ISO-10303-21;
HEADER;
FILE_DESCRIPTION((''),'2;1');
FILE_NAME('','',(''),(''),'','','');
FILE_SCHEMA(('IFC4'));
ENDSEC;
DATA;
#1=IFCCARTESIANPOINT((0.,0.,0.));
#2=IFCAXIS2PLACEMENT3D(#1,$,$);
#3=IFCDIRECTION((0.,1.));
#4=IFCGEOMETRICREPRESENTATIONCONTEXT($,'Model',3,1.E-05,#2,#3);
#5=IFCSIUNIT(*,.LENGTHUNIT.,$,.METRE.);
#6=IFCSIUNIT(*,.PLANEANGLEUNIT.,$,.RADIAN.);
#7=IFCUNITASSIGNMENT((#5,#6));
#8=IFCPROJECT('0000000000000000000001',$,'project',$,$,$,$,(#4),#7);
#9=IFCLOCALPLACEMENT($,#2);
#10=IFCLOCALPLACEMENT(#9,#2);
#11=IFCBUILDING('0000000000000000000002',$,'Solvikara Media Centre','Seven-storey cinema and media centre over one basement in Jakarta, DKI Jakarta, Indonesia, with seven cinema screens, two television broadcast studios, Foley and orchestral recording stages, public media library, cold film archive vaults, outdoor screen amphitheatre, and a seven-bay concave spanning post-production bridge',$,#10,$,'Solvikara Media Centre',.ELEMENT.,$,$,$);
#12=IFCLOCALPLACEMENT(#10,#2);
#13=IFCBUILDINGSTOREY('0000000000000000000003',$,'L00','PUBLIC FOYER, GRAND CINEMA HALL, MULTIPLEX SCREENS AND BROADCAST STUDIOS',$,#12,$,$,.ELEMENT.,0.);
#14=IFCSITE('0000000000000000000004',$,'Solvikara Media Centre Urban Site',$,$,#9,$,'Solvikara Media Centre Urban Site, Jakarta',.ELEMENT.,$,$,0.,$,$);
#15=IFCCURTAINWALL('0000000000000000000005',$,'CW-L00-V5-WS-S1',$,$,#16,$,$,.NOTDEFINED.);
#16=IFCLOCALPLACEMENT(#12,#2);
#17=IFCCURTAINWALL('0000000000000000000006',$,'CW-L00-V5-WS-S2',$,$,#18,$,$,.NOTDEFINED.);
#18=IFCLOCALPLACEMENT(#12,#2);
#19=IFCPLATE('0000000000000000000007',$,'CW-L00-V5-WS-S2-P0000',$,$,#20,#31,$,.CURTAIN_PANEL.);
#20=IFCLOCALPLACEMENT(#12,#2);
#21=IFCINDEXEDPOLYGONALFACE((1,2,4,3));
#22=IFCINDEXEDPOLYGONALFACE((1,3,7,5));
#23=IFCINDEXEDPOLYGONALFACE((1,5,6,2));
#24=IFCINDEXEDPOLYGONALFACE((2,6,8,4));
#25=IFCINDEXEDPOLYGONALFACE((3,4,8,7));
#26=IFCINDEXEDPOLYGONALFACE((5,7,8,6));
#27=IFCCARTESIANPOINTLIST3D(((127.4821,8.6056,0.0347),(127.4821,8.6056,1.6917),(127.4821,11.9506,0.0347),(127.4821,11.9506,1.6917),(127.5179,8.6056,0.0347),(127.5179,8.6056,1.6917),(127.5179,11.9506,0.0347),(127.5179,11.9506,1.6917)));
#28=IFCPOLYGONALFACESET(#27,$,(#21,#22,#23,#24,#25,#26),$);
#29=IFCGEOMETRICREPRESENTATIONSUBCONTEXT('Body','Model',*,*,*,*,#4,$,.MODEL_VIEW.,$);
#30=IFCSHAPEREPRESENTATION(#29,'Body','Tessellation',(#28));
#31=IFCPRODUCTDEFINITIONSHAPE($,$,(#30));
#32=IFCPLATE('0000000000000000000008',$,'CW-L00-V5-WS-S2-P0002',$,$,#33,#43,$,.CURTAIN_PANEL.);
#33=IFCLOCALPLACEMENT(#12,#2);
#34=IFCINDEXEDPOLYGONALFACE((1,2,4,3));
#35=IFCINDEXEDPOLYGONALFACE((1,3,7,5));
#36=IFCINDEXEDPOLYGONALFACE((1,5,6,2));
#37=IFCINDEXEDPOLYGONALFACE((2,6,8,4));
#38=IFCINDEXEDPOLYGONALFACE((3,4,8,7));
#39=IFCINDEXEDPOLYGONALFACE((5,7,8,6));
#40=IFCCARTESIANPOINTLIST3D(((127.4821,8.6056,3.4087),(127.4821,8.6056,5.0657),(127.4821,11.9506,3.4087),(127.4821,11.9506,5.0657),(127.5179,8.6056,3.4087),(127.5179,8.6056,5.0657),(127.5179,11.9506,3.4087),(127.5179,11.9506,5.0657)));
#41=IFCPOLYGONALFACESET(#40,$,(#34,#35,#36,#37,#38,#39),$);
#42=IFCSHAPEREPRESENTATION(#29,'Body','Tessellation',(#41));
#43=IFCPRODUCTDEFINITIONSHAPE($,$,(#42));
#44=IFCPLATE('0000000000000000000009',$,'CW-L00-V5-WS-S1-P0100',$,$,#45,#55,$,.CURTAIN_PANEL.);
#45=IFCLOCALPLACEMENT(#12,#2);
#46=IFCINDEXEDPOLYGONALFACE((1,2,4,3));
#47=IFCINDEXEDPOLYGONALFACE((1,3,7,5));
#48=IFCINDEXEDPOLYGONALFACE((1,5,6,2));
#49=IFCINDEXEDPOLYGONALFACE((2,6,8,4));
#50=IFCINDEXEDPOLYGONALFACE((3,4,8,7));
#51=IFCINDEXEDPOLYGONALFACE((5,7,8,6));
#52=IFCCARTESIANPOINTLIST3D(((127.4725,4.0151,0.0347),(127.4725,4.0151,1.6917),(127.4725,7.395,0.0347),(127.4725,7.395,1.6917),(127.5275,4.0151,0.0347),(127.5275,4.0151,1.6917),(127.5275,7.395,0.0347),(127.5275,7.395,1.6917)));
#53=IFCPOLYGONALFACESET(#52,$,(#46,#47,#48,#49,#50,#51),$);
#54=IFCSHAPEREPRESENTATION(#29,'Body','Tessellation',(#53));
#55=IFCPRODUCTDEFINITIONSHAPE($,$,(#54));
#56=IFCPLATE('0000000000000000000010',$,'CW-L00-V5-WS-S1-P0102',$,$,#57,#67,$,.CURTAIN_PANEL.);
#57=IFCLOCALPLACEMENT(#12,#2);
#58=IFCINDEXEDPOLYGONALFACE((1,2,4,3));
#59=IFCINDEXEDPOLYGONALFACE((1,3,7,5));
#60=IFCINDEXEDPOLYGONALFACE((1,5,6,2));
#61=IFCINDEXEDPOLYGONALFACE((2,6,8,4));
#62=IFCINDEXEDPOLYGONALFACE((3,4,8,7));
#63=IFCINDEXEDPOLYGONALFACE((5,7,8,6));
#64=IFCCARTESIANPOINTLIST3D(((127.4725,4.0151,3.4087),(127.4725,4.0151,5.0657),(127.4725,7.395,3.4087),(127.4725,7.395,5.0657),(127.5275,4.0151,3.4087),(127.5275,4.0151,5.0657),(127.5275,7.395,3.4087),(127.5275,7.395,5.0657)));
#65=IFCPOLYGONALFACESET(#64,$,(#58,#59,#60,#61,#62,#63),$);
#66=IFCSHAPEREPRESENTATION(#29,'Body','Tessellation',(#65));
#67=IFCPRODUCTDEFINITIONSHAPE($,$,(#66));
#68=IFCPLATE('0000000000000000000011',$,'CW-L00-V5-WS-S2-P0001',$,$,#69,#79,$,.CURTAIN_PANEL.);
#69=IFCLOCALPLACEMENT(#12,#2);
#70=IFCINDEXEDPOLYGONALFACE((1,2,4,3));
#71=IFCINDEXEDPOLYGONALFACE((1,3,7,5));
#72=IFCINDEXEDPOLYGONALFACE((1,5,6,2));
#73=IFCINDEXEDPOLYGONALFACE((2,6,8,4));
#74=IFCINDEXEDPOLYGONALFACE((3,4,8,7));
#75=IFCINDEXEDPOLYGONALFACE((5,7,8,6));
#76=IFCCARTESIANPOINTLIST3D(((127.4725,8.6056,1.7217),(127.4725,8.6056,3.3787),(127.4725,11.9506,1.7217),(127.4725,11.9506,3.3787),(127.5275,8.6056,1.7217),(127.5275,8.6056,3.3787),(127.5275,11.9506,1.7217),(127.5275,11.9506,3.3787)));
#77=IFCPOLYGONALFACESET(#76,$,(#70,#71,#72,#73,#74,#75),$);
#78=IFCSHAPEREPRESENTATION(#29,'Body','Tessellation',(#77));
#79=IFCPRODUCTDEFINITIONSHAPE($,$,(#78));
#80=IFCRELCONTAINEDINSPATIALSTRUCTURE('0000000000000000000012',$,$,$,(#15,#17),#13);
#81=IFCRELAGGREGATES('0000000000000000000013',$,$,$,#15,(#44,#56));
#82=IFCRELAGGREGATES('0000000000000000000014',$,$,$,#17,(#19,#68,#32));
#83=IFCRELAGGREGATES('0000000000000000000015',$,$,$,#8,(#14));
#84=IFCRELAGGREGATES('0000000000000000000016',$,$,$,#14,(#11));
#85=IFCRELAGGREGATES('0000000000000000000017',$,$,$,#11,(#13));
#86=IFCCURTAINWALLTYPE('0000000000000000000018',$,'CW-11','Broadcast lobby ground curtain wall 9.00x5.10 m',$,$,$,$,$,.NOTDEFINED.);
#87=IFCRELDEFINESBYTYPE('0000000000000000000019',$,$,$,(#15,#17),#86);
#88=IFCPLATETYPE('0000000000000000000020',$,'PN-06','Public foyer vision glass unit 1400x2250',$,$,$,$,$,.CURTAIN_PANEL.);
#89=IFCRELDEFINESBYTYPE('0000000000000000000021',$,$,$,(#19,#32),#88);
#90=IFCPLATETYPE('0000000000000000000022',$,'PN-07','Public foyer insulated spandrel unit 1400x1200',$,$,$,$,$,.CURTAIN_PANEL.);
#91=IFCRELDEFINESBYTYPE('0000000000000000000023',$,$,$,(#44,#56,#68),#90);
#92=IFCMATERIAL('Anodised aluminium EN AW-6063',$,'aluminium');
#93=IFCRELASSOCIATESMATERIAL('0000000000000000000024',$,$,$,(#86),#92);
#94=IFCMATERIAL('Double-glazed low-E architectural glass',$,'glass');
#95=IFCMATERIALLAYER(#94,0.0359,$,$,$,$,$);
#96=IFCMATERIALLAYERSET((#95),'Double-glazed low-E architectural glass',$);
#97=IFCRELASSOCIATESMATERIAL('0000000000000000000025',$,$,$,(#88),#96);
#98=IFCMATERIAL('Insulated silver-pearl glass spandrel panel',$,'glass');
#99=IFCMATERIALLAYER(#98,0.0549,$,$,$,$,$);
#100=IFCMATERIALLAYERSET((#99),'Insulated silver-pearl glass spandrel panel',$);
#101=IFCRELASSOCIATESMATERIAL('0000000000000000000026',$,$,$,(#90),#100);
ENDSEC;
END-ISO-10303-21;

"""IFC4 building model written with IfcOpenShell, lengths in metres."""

from ifc_helpers import new_model, si_unit, direction, frame, origin, origin_2d, place, context, subcontext, project, spatial, rectangle, extrude, material, layer, layer_set, type_object, element, aggregate, save


model = new_model("IFC4")

# Units and contexts
model_context = context("Model", 3, precision=1e-05, world=origin(), true_north=direction((0.0, 1.0)))
body_context = subcontext(model_context, "Body", "Model", "MODEL_VIEW")
ifc_project = project(units=[si_unit("LENGTHUNIT", "METRE"), si_unit("PLANEANGLEUNIT", "RADIAN")], contexts=[model_context])

# Site, building, storey
site_placement = place(None, origin())
site = spatial("IfcSite", under=ifc_project, at=site_placement, Name="Solvikara Media Centre Urban Site", LongName="Solvikara Media Centre Urban Site, Jakarta", CompositionType="ELEMENT", RefElevation=0.0)
building_placement = place(site_placement, origin())
building = spatial("IfcBuilding", under=site, at=building_placement, Name="Solvikara Media Centre", Description="Seven-storey cinema and media centre over one basement in Jakarta, DKI Jakarta, Indonesia, with seven cinema screens, two television broadcast studios, Foley and orchestral recording stages, public media library, cold film archive vaults, outdoor screen amphitheatre, and a seven-bay concave spanning post-production bridge", LongName="Solvikara Media Centre", CompositionType="ELEMENT")
storey_placement = place(building_placement, origin())
storey = spatial("IfcBuildingStorey", under=building, at=storey_placement, Name="L00", Description="PUBLIC FOYER, GRAND CINEMA HALL, MULTIPLEX SCREENS AND BROADCAST STUDIOS", CompositionType="ELEMENT", Elevation=0.0)

# Curtain walls
ifc_material_1 = material(Name="Anodised aluminium EN AW-6063", Category="aluminium")
curtain_wall_type = type_object("IfcCurtainWallType", Name="CW-11", Description="Broadcast lobby ground curtain wall 9.00x5.10 m", PredefinedType="NOTDEFINED", material=ifc_material_1)
curtain_wall_1_placement = place(storey_placement, origin())
curtain_wall_1 = element("IfcCurtainWall", 1, at=curtain_wall_1_placement, inside=storey, type_object=curtain_wall_type, Name="CW-L00-V5-WS-S1", PredefinedType="NOTDEFINED")
curtain_wall_2_placement = place(storey_placement, origin())
curtain_wall_2 = element("IfcCurtainWall", 2, at=curtain_wall_2_placement, inside=storey, type_object=curtain_wall_type, Name="CW-L00-V5-WS-S2", PredefinedType="NOTDEFINED")

# Plates
ifc_material_2 = material(Name="Double-glazed low-E architectural glass", Category="glass")
ifc_layer_1 = layer(ifc_material_2, 0.0359)
ifc_layer_set_1 = layer_set([ifc_layer_1], Name="Double-glazed low-E architectural glass")
plate_type_1 = type_object("IfcPlateType", Name="PN-06", Description="Public foyer vision glass unit 1400x2250", PredefinedType="CURTAIN_PANEL", material=ifc_layer_set_1)
plate_1_placement = place(storey_placement, frame((127.5, 10.2781, 0.0347), z_axis=(0.0, 0.0, 1.0), x_axis=(0.0, 1.0, 0.0)))
plate_1 = element("IfcPlate", 3, at=plate_1_placement, type_object=plate_type_1, Name="CW-L00-V5-WS-S2-P0000", PredefinedType="CURTAIN_PANEL", context=body_context, shape_type="SweptSolid", body=[
    extrude(rectangle(XDim=3.345, YDim=0.0359, at=origin_2d()), origin(), (0.0, 0.0, 1.0), 1.657),
])
plate_2_placement = place(storey_placement, frame((127.5, 10.2781, 3.4087), z_axis=(0.0, 0.0, 1.0), x_axis=(0.0, 1.0, 0.0)))
plate_2 = element("IfcPlate", 4, at=plate_2_placement, type_object=plate_type_1, Name="CW-L00-V5-WS-S2-P0002", PredefinedType="CURTAIN_PANEL", context=body_context, shape_type="SweptSolid", body=[
    extrude(rectangle(XDim=3.345, YDim=0.0359, at=origin_2d()), origin(), (0.0, 0.0, 1.0), 1.657),
])
ifc_material_3 = material(Name="Insulated silver-pearl glass spandrel panel", Category="glass")
ifc_layer_2 = layer(ifc_material_3, 0.0549)
ifc_layer_set_2 = layer_set([ifc_layer_2], Name="Insulated silver-pearl glass spandrel panel")
plate_type_2 = type_object("IfcPlateType", Name="PN-07", Description="Public foyer insulated spandrel unit 1400x1200", PredefinedType="CURTAIN_PANEL", material=ifc_layer_set_2)
plate_3_placement = place(storey_placement, frame((127.5, 5.7051, 0.0347), z_axis=(0.0, 0.0, 1.0), x_axis=(0.0, 1.0, 0.0)))
plate_3 = element("IfcPlate", 5, at=plate_3_placement, type_object=plate_type_2, Name="CW-L00-V5-WS-S1-P0100", PredefinedType="CURTAIN_PANEL", context=body_context, shape_type="SweptSolid", body=[
    extrude(rectangle(XDim=3.3799, YDim=0.0549, at=origin_2d()), origin(), (0.0, 0.0, 1.0), 1.657),
])
plate_4_placement = place(storey_placement, frame((127.5, 5.7051, 3.4087), z_axis=(0.0, 0.0, 1.0), x_axis=(0.0, 1.0, 0.0)))
plate_4 = element("IfcPlate", 6, at=plate_4_placement, type_object=plate_type_2, Name="CW-L00-V5-WS-S1-P0102", PredefinedType="CURTAIN_PANEL", context=body_context, shape_type="SweptSolid", body=[
    extrude(rectangle(XDim=3.3799, YDim=0.0549, at=origin_2d()), origin(), (0.0, 0.0, 1.0), 1.657),
])
aggregate(curtain_wall_1, [plate_3, plate_4])
plate_5_placement = place(storey_placement, frame((127.5, 10.2781, 1.7217), z_axis=(0.0, 0.0, 1.0), x_axis=(0.0, 1.0, 0.0)))
plate_5 = element("IfcPlate", 7, at=plate_5_placement, type_object=plate_type_2, Name="CW-L00-V5-WS-S2-P0001", PredefinedType="CURTAIN_PANEL", context=body_context, shape_type="SweptSolid", body=[
    extrude(rectangle(XDim=3.345, YDim=0.0549, at=origin_2d()), origin(), (0.0, 0.0, 1.0), 1.657),
])
aggregate(curtain_wall_2, [plate_1, plate_5, plate_2])

save(model, "model.ifc")
